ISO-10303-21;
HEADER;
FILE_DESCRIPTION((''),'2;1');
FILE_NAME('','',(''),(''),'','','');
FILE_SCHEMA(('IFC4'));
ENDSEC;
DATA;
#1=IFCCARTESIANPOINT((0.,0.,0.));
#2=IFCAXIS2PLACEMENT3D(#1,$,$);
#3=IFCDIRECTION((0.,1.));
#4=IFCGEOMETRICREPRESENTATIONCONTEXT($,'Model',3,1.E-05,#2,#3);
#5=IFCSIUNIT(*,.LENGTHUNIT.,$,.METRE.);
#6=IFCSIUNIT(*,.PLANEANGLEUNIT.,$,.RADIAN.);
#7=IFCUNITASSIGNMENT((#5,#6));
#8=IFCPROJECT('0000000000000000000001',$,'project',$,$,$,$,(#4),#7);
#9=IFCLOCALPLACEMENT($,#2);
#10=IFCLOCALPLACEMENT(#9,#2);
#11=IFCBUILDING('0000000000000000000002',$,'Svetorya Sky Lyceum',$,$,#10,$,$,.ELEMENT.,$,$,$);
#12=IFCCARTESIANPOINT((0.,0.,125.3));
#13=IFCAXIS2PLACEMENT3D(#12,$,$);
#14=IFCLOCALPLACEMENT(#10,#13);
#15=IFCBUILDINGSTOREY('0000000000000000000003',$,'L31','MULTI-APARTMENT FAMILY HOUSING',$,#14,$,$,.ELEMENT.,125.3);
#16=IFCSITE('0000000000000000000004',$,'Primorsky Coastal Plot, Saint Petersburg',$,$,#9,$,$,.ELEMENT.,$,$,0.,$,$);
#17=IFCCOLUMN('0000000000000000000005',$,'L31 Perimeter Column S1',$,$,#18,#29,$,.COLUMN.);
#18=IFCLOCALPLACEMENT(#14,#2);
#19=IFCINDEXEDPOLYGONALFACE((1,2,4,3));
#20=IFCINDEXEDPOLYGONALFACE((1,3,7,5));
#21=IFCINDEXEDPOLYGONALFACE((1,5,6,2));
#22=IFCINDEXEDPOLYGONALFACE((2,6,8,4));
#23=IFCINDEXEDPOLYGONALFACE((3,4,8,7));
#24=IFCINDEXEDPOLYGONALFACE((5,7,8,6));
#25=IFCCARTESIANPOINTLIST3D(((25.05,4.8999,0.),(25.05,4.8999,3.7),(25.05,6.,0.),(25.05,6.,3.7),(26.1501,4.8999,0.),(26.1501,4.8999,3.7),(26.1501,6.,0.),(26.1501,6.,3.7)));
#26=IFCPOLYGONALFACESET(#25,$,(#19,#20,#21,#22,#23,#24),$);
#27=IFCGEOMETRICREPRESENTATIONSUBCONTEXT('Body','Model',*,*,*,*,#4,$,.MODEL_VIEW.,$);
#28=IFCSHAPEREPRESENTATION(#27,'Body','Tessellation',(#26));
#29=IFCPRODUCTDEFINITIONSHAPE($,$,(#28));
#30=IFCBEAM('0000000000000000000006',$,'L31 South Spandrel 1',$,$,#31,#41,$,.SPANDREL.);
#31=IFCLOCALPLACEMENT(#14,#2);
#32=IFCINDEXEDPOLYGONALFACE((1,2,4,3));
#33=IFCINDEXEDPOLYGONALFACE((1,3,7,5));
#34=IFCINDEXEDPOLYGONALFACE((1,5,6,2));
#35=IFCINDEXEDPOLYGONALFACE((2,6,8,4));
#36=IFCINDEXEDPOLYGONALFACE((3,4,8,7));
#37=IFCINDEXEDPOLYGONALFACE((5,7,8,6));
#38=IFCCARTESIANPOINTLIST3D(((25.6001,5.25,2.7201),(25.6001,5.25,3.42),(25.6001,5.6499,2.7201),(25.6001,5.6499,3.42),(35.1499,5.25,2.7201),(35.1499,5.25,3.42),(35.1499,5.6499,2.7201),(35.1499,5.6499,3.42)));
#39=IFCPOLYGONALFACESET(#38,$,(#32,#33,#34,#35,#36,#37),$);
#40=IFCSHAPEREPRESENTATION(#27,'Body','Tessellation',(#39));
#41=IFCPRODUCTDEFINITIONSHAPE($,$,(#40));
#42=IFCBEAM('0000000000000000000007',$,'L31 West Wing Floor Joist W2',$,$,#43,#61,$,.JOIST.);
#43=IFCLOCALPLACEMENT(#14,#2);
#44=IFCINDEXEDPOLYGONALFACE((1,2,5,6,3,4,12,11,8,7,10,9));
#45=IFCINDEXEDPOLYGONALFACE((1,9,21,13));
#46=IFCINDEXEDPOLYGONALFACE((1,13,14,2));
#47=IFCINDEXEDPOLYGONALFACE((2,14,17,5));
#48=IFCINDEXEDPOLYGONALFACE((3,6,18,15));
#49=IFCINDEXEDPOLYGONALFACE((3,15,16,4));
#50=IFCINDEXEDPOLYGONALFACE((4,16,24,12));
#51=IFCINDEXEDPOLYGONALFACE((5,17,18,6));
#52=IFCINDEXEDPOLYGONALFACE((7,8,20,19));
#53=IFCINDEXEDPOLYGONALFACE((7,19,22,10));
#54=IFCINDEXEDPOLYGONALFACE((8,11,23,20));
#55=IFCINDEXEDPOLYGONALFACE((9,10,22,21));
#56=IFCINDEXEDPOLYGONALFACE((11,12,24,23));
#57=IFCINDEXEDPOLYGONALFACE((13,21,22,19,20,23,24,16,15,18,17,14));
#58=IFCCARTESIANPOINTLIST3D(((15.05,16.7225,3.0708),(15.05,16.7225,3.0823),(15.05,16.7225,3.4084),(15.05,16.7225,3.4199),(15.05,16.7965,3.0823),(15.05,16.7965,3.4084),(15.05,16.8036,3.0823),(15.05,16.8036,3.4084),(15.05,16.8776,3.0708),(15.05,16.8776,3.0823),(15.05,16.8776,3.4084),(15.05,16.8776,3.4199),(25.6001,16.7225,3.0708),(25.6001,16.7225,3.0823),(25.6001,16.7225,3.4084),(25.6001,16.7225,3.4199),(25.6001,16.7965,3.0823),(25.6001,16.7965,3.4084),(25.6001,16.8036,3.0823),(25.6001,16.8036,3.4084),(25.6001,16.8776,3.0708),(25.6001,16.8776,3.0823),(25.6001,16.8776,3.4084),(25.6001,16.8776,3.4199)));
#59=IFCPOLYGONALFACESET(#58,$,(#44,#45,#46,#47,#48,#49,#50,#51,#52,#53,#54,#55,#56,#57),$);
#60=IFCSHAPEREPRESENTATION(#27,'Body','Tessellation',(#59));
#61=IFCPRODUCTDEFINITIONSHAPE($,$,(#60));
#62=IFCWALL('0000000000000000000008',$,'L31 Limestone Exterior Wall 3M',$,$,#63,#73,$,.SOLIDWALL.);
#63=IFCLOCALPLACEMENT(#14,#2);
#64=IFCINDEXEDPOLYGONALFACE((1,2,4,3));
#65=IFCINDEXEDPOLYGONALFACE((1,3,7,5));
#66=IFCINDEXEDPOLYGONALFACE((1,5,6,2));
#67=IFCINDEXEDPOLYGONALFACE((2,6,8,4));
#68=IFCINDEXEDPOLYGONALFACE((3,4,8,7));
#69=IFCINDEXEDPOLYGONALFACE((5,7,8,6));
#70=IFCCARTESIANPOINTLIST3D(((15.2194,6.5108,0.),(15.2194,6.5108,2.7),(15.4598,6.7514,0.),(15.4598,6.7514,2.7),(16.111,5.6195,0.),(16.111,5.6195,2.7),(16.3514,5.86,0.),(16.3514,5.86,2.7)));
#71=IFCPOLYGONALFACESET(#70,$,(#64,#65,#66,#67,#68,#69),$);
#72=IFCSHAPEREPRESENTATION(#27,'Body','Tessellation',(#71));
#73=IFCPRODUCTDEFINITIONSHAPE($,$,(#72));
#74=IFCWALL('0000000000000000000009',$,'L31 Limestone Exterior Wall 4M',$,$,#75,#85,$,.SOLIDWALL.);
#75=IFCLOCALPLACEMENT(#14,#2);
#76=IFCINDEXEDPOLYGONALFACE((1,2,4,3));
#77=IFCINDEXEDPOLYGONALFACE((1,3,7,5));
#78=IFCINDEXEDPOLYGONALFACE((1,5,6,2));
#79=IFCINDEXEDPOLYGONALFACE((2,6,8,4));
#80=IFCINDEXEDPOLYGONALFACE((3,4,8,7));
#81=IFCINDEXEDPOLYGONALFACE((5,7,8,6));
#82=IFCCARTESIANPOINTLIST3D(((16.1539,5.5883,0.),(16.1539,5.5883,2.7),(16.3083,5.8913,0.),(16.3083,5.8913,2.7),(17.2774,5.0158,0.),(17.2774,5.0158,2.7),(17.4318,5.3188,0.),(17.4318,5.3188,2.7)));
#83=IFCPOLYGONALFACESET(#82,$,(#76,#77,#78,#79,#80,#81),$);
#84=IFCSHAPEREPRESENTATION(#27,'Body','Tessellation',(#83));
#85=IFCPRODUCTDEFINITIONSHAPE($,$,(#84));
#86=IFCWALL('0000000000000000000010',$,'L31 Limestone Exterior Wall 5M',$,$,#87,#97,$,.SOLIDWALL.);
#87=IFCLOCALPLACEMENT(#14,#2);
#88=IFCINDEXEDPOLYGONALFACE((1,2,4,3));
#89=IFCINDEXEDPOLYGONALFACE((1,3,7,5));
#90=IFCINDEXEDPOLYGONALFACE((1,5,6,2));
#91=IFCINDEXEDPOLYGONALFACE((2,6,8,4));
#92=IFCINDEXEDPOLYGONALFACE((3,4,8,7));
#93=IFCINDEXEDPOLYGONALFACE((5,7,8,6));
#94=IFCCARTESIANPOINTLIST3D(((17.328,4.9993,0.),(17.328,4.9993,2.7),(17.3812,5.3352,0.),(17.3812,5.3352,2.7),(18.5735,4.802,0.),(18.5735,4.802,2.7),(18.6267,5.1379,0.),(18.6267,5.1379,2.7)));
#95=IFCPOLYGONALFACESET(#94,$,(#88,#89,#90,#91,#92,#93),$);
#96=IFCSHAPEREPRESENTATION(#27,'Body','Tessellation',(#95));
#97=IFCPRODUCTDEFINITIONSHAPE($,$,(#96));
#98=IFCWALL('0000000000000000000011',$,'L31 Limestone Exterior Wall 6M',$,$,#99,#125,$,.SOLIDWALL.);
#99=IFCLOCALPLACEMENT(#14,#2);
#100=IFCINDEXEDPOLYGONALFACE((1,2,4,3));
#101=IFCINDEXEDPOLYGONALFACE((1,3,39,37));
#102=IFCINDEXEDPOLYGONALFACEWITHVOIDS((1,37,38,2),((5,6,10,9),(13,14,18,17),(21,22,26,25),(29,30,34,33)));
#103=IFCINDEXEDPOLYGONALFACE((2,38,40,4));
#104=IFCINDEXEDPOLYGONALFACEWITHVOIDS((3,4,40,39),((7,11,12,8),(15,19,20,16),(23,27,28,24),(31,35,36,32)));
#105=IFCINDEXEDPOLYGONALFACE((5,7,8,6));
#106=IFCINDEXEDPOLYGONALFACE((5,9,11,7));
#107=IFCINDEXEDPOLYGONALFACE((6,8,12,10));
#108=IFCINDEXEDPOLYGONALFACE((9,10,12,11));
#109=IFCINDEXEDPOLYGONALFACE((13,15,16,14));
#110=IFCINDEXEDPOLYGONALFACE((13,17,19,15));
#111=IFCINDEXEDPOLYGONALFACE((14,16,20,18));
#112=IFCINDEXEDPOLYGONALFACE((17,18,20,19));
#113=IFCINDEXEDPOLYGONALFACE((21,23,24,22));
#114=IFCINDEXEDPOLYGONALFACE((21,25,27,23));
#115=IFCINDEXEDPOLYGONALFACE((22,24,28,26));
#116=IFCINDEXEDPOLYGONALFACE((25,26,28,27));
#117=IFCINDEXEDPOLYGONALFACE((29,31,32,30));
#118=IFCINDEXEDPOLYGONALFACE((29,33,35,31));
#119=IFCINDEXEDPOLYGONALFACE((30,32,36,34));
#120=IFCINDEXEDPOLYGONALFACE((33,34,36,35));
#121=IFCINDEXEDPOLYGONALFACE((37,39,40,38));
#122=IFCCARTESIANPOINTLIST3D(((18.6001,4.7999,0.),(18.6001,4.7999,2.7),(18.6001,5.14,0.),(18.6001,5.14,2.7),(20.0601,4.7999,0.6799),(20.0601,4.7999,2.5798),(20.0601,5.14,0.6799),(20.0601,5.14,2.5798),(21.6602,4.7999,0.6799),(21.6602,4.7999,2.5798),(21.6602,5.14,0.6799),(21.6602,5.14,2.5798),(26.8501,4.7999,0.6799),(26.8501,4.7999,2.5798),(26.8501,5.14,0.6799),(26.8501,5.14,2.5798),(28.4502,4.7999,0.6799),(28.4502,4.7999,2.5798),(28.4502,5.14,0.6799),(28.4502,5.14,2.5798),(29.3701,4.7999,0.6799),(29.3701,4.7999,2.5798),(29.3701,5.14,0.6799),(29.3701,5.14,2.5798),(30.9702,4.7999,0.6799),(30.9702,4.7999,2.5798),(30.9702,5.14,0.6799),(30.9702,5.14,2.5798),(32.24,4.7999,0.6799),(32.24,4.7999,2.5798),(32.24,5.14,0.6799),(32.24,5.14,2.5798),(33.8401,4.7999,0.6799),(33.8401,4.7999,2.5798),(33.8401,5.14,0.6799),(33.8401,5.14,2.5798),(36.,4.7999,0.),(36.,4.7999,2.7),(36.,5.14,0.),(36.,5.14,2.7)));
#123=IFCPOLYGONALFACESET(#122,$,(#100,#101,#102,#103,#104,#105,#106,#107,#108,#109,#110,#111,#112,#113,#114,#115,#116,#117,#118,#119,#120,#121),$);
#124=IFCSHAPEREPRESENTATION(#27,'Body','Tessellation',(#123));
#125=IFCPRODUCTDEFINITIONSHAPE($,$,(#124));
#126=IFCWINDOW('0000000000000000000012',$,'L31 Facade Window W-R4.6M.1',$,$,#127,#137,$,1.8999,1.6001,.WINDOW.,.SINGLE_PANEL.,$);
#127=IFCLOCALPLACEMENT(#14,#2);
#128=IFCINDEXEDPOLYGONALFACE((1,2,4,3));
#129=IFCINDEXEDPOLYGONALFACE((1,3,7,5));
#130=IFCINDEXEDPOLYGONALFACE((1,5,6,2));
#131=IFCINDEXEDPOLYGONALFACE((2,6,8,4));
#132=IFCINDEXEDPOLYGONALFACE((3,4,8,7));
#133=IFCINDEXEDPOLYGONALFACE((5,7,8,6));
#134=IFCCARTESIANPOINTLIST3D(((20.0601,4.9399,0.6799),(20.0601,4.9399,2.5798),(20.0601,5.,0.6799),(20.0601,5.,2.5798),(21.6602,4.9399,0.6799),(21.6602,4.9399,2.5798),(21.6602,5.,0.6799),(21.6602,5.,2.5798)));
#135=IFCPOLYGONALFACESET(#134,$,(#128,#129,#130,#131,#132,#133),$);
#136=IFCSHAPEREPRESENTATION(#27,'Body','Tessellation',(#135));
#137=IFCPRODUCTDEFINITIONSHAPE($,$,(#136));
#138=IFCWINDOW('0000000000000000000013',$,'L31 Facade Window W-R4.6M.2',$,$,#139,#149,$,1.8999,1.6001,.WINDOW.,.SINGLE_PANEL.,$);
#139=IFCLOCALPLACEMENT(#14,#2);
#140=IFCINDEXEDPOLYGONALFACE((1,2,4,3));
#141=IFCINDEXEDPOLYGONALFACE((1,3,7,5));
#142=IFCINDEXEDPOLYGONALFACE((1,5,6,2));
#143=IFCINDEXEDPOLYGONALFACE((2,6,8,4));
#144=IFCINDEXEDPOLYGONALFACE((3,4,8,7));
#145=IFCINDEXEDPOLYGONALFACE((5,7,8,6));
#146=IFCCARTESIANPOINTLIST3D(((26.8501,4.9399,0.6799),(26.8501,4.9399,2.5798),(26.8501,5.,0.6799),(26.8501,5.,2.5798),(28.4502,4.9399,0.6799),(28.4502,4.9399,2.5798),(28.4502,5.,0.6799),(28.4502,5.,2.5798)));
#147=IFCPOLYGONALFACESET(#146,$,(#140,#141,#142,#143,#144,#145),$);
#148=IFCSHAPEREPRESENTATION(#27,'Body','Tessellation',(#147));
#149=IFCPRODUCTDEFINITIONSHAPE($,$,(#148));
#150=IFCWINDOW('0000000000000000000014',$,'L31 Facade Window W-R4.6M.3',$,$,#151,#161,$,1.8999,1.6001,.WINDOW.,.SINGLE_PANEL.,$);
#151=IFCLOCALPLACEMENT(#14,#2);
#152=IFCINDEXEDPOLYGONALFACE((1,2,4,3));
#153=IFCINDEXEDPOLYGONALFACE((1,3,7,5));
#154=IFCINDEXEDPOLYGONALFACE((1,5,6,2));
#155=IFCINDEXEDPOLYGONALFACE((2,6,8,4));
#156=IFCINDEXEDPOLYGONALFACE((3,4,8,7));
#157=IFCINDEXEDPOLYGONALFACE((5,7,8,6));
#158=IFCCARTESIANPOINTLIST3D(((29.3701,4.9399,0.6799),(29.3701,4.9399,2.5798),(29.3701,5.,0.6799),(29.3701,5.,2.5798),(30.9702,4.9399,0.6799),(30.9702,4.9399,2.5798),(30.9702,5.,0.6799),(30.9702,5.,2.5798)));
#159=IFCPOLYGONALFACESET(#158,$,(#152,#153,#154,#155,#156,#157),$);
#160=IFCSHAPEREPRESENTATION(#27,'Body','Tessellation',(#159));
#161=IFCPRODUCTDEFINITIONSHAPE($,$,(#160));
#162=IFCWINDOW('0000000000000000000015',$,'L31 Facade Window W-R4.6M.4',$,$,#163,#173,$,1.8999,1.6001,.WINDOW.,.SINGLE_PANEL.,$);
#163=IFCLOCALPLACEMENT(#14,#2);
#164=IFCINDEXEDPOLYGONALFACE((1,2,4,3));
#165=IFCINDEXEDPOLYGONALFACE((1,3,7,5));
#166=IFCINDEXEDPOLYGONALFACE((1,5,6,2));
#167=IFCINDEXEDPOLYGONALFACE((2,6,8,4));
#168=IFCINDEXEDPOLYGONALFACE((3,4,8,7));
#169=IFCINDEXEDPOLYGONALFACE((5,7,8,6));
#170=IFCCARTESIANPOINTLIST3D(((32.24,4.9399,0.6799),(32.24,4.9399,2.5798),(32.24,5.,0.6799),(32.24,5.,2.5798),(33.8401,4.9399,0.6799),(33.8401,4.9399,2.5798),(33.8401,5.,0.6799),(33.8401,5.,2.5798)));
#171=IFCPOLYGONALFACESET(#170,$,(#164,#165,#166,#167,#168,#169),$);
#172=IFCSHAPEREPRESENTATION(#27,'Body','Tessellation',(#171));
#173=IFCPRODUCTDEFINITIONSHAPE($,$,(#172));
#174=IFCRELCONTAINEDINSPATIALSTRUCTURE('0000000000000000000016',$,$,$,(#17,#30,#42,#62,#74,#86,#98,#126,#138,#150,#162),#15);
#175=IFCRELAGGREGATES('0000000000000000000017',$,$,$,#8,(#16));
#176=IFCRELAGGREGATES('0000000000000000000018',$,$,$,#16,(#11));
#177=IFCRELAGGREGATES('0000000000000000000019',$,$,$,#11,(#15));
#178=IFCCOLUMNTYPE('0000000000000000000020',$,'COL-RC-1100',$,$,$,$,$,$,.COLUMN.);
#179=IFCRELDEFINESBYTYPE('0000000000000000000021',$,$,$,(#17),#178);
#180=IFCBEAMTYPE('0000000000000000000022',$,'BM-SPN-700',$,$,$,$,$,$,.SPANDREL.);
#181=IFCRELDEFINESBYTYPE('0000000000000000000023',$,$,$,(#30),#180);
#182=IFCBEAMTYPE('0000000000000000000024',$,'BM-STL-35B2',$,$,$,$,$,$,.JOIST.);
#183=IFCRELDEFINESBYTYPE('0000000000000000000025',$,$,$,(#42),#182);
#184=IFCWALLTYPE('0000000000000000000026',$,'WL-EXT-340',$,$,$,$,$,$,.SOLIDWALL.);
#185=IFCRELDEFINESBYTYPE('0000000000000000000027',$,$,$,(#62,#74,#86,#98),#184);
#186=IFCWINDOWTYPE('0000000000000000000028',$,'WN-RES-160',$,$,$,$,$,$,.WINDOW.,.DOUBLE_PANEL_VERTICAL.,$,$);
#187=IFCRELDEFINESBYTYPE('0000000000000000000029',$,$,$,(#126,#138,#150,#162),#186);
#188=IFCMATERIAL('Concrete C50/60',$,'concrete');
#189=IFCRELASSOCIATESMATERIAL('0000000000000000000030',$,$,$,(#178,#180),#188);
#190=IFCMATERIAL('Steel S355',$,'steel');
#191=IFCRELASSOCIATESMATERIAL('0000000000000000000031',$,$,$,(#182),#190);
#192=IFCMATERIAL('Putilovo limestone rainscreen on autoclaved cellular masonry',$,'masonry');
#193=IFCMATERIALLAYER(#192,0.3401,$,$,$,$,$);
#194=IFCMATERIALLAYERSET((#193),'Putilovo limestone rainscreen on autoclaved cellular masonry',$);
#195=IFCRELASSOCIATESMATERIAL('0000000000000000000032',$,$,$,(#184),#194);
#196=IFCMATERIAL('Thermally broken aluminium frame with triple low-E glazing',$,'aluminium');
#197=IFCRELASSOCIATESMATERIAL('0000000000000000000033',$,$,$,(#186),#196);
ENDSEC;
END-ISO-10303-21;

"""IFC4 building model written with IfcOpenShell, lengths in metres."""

from ifc_helpers import new_model, si_unit, direction, frame, frame_2d, origin, origin_2d, place, context, subcontext, project, spatial, rectangle, i_section, extrude, material, layer, layer_set, material_profile, profile_set, type_object, element, fill, save


model = new_model("IFC4")

# Units and contexts
model_context = context("Model", 3, precision=1e-05, world=origin(), true_north=direction((0.0, 1.0)))
body_context = subcontext(model_context, "Body", "Model", "MODEL_VIEW")
ifc_project = project(units=[si_unit("LENGTHUNIT", "METRE"), si_unit("PLANEANGLEUNIT", "RADIAN")], contexts=[model_context])

# Site, building, storey
site_placement = place(None, origin())
site = spatial("IfcSite", under=ifc_project, at=site_placement, Name="Primorsky Coastal Plot, Saint Petersburg", CompositionType="ELEMENT", RefElevation=0.0)
building_placement = place(site_placement, origin())
building = spatial("IfcBuilding", under=site, at=building_placement, Name="Svetorya Sky Lyceum", CompositionType="ELEMENT")
storey_placement = place(building_placement, frame((0.0, 0.0, 125.3)))
storey = spatial("IfcBuildingStorey", under=building, at=storey_placement, Name="L31", Description="MULTI-APARTMENT FAMILY HOUSING", CompositionType="ELEMENT", Elevation=125.3)

# Column
ifc_material_1 = material(Name="Concrete C50/60", Category="concrete")
ifc_material_profile_1 = material_profile(ifc_material_1, rectangle(XDim=1.1001, YDim=1.1001, at=origin_2d()), Name="RC COL 1100x1100")
ifc_profile_set_1 = profile_set([ifc_material_profile_1], Name="Concrete C50/60")
column_type = type_object("IfcColumnType", Name="COL-RC-1100", PredefinedType="COLUMN", material=ifc_profile_set_1)
column_placement = place(storey_placement, frame((25.6001, 5.45, 0.0), z_axis=(0.0, 0.0, 1.0), x_axis=(1.0, 0.0, 0.0)))
element("IfcColumn", 1, at=column_placement, inside=storey, type_object=column_type, Name="L31 Perimeter Column S1", PredefinedType="COLUMN", context=body_context, shape_type="SweptSolid", body=[
    extrude(rectangle(XDim=1.1001, YDim=1.1001, at=origin_2d()), origin(), (0.0, 0.0, 1.0), 3.7),
])

# Beams
ifc_material_profile_2 = material_profile(ifc_material_1, rectangle(XDim=0.3999, YDim=0.7, at=origin_2d()), Name="RC SPANDREL 400x700")
ifc_profile_set_2 = profile_set([ifc_material_profile_2], Name="Concrete C50/60")
beam_type_1 = type_object("IfcBeamType", Name="BM-SPN-700", PredefinedType="SPANDREL", material=ifc_profile_set_2)
beam_1_placement = place(storey_placement, frame((25.6001, 5.45, 3.0701), z_axis=(1.0, 0.0, 0.0), x_axis=(0.0, 1.0, 0.0)))
element("IfcBeam", 2, at=beam_1_placement, inside=storey, type_object=beam_type_1, Name="L31 South Spandrel 1", PredefinedType="SPANDREL", context=body_context, shape_type="SweptSolid", body=[
    extrude(rectangle(XDim=0.3999, YDim=0.7, at=origin_2d()), origin(), (0.0, 0.0, 1.0), 9.5498),
])
ifc_material_2 = material(Name="Steel S355", Category="steel")
ifc_material_profile_3 = material_profile(ifc_material_2, i_section(OverallWidth=0.155, OverallDepth=0.3491, WebThickness=0.0071, FlangeThickness=0.0115, at=origin_2d()), Name="GOST 35B2")
ifc_profile_set_3 = profile_set([ifc_material_profile_3], Name="Steel S355")
beam_type_2 = type_object("IfcBeamType", Name="BM-STL-35B2", PredefinedType="JOIST", material=ifc_profile_set_3)
beam_2_placement = place(storey_placement, frame((15.05, 16.8, 3.2454), z_axis=(1.0, 0.0, 0.0), x_axis=(0.0, 1.0, 0.0)))
element("IfcBeam", 3, at=beam_2_placement, inside=storey, type_object=beam_type_2, Name="L31 West Wing Floor Joist W2", PredefinedType="JOIST", context=body_context, shape_type="SweptSolid", body=[
    extrude(i_section(OverallWidth=0.155, OverallDepth=0.3491, WebThickness=0.0071, FlangeThickness=0.0115, at=origin_2d()), origin(), (0.0, 0.0, 1.0), 10.55),
])

# Walls
ifc_material_3 = material(Name="Putilovo limestone rainscreen on autoclaved cellular masonry", Category="masonry")
ifc_layer_1 = layer(ifc_material_3, 0.3401)
ifc_layer_set_1 = layer_set([ifc_layer_1], Name="Putilovo limestone rainscreen on autoclaved cellular masonry")
wall_type_1 = type_object("IfcWallType", Name="WL-EXT-340", PredefinedType="SOLIDWALL", material=ifc_layer_set_1)
wall_1_placement = place(storey_placement, frame((15.3396, 6.6311, 0.0), z_axis=(0.0, 0.0, 1.0), x_axis=(0.707204, -0.70701, 0.0)))
element("IfcWall", 4, at=wall_1_placement, inside=storey, type_object=wall_type_1, Name="L31 Limestone Exterior Wall 3M", PredefinedType="SOLIDWALL", context=body_context, shape_type="SweptSolid", body=[
    extrude(rectangle(XDim=1.2607, YDim=0.3401, at=frame_2d((0.6304, 0.0))), origin(), (0.0, 0.0, 1.0), 2.7),
])
for number, where, z_axis, x_axis, name in (
    (5, (16.2312, 5.7397, 0.0), (0.0, 0.0, 1.0), (0.890994, -0.454016, 0.0), "L31 Limestone Exterior Wall 4M"),
    (6, (17.3547, 5.1672, 0.0), (0.0, 0.0, 1.0), (0.987686, -0.15645, 0.0), "L31 Limestone Exterior Wall 5M"),
):
    element("IfcWall", number, at=place(storey_placement, frame(where, z_axis=z_axis, x_axis=x_axis)), inside=storey, type_object=wall_type_1, Name=name, PredefinedType="SOLIDWALL", context=body_context, shape_type="SweptSolid", body=[
        extrude(rectangle(XDim=1.261, YDim=0.3401, at=frame_2d((0.6304, 0.0))), origin(), (0.0, 0.0, 1.0), 2.7),
    ])

# Wall, openings, windows
wall_2_placement = place(storey_placement, frame((18.6001, 4.97, 0.0), z_axis=(0.0, 0.0, 1.0), x_axis=(1.0, 0.0, 0.0)))
wall_2 = element("IfcWall", 7, at=wall_2_placement, inside=storey, type_object=wall_type_1, Name="L31 Limestone Exterior Wall 6M", PredefinedType="SOLIDWALL", context=body_context, shape_type="SweptSolid", body=[
    extrude(rectangle(XDim=17.3999, YDim=0.3401, at=frame_2d((8.7, 0.0))), origin(), (0.0, 0.0, 1.0), 2.7),
])
opening_1_placement = place(wall_2_placement, frame((1.46, 0.0, 0.6799)))
opening_1 = element("IfcOpeningElement", 8, at=opening_1_placement, cuts=wall_2, PredefinedType="OPENING", context=body_context, shape_type="SweptSolid", body=[
    extrude(rectangle(XDim=1.6001, YDim=1.8999, at=frame_2d((0.8, 0.95))), frame((0.0, 0.1799, 0.0), z_axis=(0.0, -1.0, 0.0), x_axis=(1.0, 0.0, 0.0)), (0.0, 0.0, 1.0), 0.3601),
])
opening_2_placement = place(wall_2_placement, frame((8.25, 0.0, 0.6799)))
opening_2 = element("IfcOpeningElement", 9, at=opening_2_placement, cuts=wall_2, PredefinedType="OPENING", context=body_context, shape_type="SweptSolid", body=[
    extrude(rectangle(XDim=1.6001, YDim=1.8999, at=frame_2d((0.8, 0.95))), frame((0.0, 0.1799, 0.0), z_axis=(0.0, -1.0, 0.0), x_axis=(1.0, 0.0, 0.0)), (0.0, 0.0, 1.0), 0.3601),
])
opening_3_placement = place(wall_2_placement, frame((10.77, 0.0, 0.6799)))
opening_3 = element("IfcOpeningElement", 10, at=opening_3_placement, cuts=wall_2, PredefinedType="OPENING", context=body_context, shape_type="SweptSolid", body=[
    extrude(rectangle(XDim=1.6001, YDim=1.8999, at=frame_2d((0.8, 0.95))), frame((0.0, 0.1799, 0.0), z_axis=(0.0, -1.0, 0.0), x_axis=(1.0, 0.0, 0.0)), (0.0, 0.0, 1.0), 0.3601),
])
opening_4_placement = place(wall_2_placement, frame((13.6399, 0.0, 0.6799)))
opening_4 = element("IfcOpeningElement", 11, at=opening_4_placement, cuts=wall_2, PredefinedType="OPENING", context=body_context, shape_type="SweptSolid", body=[
    extrude(rectangle(XDim=1.6001, YDim=1.8999, at=frame_2d((0.8, 0.95))), frame((0.0, 0.1799, 0.0), z_axis=(0.0, -1.0, 0.0), x_axis=(1.0, 0.0, 0.0)), (0.0, 0.0, 1.0), 0.3601),
])
ifc_material_4 = material(Name="Thermally broken aluminium frame with triple low-E glazing", Category="aluminium")
window_type = type_object("IfcWindowType", Name="WN-RES-160", PartitioningType="DOUBLE_PANEL_VERTICAL", PredefinedType="WINDOW", material=ifc_material_4)
window_1_placement = place(opening_1_placement, origin())
window_1 = element("IfcWindow", 12, at=window_1_placement, inside=storey, type_object=window_type, Name="L31 Facade Window W-R4.6M.1", OverallHeight=1.8999, OverallWidth=1.6001, PartitioningType="SINGLE_PANEL", PredefinedType="WINDOW", context=body_context, shape_type="SweptSolid", body=[
    extrude(rectangle(XDim=1.6001, YDim=1.8999, at=frame_2d((0.8, 0.95))), frame((0.0, 0.03, 0.0), z_axis=(0.0, -1.0, 0.0), x_axis=(1.0, 0.0, 0.0)), (0.0, 0.0, 1.0), 0.0601),
])
fill(opening_1, window_1)
window_2_placement = place(opening_2_placement, origin())
window_2 = element("IfcWindow", 13, at=window_2_placement, inside=storey, type_object=window_type, Name="L31 Facade Window W-R4.6M.2", OverallHeight=1.8999, OverallWidth=1.6001, PartitioningType="SINGLE_PANEL", PredefinedType="WINDOW", context=body_context, shape_type="SweptSolid", body=[
    extrude(rectangle(XDim=1.6001, YDim=1.8999, at=frame_2d((0.8, 0.95))), frame((0.0, 0.03, 0.0), z_axis=(0.0, -1.0, 0.0), x_axis=(1.0, 0.0, 0.0)), (0.0, 0.0, 1.0), 0.0601),
])
fill(opening_2, window_2)
window_3_placement = place(opening_3_placement, origin())
window_3 = element("IfcWindow", 14, at=window_3_placement, inside=storey, type_object=window_type, Name="L31 Facade Window W-R4.6M.3", OverallHeight=1.8999, OverallWidth=1.6001, PartitioningType="SINGLE_PANEL", PredefinedType="WINDOW", context=body_context, shape_type="SweptSolid", body=[
    extrude(rectangle(XDim=1.6001, YDim=1.8999, at=frame_2d((0.8, 0.95))), frame((0.0, 0.03, 0.0), z_axis=(0.0, -1.0, 0.0), x_axis=(1.0, 0.0, 0.0)), (0.0, 0.0, 1.0), 0.0601),
])
fill(opening_3, window_3)
window_4_placement = place(opening_4_placement, origin())
window_4 = element("IfcWindow", 15, at=window_4_placement, inside=storey, type_object=window_type, Name="L31 Facade Window W-R4.6M.4", OverallHeight=1.8999, OverallWidth=1.6001, PartitioningType="SINGLE_PANEL", PredefinedType="WINDOW", context=body_context, shape_type="SweptSolid", body=[
    extrude(rectangle(XDim=1.6001, YDim=1.8999, at=frame_2d((0.8, 0.95))), frame((0.0, 0.03, 0.0), z_axis=(0.0, -1.0, 0.0), x_axis=(1.0, 0.0, 0.0)), (0.0, 0.0, 1.0), 0.0601),
])
fill(opening_4, window_4)

save(model, "model.ifc")
